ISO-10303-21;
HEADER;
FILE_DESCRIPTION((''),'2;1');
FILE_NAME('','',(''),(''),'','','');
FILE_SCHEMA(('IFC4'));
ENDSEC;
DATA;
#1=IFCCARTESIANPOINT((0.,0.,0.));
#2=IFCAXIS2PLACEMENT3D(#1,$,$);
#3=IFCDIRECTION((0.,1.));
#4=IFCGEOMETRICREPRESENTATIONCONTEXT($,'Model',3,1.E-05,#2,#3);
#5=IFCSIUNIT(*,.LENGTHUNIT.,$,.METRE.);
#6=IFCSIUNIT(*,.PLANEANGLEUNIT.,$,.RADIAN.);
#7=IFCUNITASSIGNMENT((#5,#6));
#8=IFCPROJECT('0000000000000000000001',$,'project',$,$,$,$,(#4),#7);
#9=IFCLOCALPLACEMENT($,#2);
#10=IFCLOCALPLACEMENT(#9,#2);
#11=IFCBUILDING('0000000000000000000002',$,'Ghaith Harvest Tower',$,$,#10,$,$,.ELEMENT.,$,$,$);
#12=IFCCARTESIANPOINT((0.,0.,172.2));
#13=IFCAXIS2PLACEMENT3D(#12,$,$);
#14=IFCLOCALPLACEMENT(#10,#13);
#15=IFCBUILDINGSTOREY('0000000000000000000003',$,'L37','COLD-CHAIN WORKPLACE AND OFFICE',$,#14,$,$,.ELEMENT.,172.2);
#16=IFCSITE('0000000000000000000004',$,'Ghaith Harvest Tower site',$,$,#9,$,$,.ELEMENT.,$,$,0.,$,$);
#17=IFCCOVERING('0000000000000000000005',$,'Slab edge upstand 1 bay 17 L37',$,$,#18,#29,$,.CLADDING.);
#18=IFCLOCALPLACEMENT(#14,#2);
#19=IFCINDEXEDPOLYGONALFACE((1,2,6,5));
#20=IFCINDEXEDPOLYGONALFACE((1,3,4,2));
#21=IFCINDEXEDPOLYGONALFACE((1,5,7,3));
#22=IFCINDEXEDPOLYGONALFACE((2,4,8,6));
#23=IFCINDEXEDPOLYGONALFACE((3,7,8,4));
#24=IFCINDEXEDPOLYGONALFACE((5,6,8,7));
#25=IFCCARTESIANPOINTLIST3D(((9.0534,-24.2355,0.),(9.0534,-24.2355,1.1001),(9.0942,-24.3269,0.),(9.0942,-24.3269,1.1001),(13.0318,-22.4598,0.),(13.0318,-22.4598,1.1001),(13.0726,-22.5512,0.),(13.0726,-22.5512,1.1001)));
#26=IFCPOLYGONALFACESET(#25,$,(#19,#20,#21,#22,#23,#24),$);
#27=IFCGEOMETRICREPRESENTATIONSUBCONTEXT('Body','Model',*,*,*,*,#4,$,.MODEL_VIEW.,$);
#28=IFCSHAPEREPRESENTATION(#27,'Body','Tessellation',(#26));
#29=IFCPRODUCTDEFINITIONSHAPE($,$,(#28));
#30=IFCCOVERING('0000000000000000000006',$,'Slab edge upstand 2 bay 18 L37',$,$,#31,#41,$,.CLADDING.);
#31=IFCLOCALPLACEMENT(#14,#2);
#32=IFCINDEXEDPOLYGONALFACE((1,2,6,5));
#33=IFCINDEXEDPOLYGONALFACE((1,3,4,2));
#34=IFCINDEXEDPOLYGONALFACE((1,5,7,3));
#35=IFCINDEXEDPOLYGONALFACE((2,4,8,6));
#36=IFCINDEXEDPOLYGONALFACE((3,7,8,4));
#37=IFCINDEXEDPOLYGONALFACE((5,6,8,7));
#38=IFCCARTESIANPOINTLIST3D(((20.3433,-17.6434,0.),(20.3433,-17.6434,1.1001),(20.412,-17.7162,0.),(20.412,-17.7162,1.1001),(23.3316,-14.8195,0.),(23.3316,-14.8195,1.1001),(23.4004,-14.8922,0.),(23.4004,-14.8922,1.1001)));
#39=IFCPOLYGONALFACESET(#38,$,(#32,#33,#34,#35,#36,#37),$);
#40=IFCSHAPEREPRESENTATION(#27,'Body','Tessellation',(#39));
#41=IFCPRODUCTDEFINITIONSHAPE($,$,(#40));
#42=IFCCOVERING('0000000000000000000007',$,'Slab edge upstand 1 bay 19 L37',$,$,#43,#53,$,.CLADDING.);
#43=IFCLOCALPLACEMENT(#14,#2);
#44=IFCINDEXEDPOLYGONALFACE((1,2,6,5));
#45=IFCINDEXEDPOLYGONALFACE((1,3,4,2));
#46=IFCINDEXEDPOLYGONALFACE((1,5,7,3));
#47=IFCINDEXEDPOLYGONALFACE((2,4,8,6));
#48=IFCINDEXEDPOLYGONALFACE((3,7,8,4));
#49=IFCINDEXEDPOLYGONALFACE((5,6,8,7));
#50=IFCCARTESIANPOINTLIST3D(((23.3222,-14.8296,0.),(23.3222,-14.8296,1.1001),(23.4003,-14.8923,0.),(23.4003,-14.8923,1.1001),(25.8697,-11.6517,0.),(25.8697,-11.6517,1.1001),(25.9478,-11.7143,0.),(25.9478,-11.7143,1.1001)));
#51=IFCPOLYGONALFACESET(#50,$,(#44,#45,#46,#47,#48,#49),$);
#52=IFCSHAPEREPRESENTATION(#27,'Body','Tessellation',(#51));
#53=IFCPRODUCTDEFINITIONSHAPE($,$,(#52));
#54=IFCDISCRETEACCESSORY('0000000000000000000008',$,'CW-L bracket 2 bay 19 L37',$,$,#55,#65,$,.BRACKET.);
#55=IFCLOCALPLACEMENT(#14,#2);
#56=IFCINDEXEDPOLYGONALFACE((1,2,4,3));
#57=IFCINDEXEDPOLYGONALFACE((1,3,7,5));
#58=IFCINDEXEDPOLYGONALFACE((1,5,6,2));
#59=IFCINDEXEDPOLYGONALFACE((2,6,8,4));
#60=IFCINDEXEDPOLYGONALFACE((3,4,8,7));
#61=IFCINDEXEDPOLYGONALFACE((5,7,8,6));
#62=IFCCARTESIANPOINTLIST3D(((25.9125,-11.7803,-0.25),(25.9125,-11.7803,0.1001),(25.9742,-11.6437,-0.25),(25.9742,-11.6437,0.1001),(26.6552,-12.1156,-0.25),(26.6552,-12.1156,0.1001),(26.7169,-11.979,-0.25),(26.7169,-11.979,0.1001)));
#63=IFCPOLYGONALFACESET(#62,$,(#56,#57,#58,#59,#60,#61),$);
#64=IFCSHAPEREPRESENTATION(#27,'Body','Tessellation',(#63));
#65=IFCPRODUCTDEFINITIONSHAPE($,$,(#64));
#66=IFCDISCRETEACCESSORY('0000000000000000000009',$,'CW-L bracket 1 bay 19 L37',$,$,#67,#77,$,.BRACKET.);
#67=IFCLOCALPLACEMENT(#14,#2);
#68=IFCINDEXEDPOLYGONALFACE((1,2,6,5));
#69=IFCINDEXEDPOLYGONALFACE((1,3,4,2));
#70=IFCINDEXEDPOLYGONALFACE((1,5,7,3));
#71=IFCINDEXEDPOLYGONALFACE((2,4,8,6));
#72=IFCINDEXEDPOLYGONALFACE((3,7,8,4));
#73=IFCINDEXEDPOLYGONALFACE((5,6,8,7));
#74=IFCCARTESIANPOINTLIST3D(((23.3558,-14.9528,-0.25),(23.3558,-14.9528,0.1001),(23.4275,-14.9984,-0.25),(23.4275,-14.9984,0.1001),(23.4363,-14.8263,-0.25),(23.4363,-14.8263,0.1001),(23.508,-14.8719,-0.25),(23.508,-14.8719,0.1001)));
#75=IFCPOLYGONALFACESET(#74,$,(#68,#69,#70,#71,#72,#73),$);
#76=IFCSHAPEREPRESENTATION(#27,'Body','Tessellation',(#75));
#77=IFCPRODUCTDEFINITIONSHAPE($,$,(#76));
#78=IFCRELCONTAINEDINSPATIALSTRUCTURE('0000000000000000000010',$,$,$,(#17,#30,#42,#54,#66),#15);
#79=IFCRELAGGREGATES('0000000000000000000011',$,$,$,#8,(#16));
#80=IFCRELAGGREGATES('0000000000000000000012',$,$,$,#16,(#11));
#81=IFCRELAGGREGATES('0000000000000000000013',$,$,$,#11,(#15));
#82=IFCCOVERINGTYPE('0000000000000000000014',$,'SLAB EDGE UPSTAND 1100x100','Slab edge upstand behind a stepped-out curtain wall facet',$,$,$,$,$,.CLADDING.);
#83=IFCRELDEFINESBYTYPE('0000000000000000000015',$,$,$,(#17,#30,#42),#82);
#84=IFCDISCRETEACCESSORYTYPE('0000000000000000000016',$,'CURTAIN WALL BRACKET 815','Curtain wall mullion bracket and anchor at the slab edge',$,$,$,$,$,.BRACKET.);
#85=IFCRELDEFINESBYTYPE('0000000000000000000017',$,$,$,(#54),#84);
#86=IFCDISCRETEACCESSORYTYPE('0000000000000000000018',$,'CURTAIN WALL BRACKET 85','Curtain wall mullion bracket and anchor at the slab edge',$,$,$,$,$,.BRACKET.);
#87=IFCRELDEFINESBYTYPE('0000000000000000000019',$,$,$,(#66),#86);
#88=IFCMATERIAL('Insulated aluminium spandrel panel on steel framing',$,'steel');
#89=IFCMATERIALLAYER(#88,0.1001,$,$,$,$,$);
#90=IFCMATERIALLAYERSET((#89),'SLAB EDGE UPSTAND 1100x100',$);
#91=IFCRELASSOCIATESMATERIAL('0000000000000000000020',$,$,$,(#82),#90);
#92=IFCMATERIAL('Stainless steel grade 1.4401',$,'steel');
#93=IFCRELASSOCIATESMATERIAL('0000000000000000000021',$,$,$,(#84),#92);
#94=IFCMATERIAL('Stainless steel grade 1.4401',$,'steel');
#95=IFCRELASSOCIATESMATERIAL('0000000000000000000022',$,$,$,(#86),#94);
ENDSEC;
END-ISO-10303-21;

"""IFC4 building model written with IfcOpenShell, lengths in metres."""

from ifc_helpers import new_model, si_unit, direction, frame, origin, origin_2d, place, context, subcontext, project, spatial, rectangle, extrude, material, layer, layer_set, type_object, element, save


model = new_model("IFC4")

# Units and contexts
model_context = context("Model", 3, precision=1e-05, world=origin(), true_north=direction((0.0, 1.0)))
body_context = subcontext(model_context, "Body", "Model", "MODEL_VIEW")
ifc_project = project(units=[si_unit("LENGTHUNIT", "METRE"), si_unit("PLANEANGLEUNIT", "RADIAN")], contexts=[model_context])

# Site, building, storey
site_placement = place(None, origin())
site = spatial("IfcSite", under=ifc_project, at=site_placement, Name="Ghaith Harvest Tower site", CompositionType="ELEMENT", RefElevation=0.0)
building_placement = place(site_placement, origin())
building = spatial("IfcBuilding", under=site, at=building_placement, Name="Ghaith Harvest Tower", CompositionType="ELEMENT")
storey_placement = place(building_placement, frame((0.0, 0.0, 172.2)))
storey = spatial("IfcBuildingStorey", under=building, at=storey_placement, Name="L37", Description="COLD-CHAIN WORKPLACE AND OFFICE", CompositionType="ELEMENT", Elevation=172.2)

# Coverings
ifc_material_1 = material(Name="Insulated aluminium spandrel panel on steel framing", Category="steel")
ifc_layer_1 = layer(ifc_material_1, 0.1001)
ifc_layer_set_1 = layer_set([ifc_layer_1], Name="SLAB EDGE UPSTAND 1100x100")
covering_type = type_object("IfcCoveringType", Name="SLAB EDGE UPSTAND 1100x100", Description="Slab edge upstand behind a stepped-out curtain wall facet", PredefinedType="CLADDING", material=ifc_layer_set_1)
covering_1_placement = place(storey_placement, frame((11.063, -23.3933, 0.0), z_axis=(0.0, 0.0, 1.0), x_axis=(0.91317, 0.407578, 0.0)))
element("IfcCovering", 1, at=covering_1_placement, inside=storey, type_object=covering_type, Name="Slab edge upstand 1 bay 17 L37", PredefinedType="CLADDING", context=body_context, shape_type="SweptSolid", body=[
    extrude(rectangle(XDim=4.3567, YDim=0.1001, at=origin_2d()), origin(), (0.0, 0.0, 1.0), 1.1001),
])
covering_2_placement = place(storey_placement, frame((21.8718, -16.2678, 0.0), z_axis=(0.0, 0.0, 1.0), x_axis=(0.72681, 0.686839, 0.0)))
element("IfcCovering", 2, at=covering_2_placement, inside=storey, type_object=covering_type, Name="Slab edge upstand 2 bay 18 L37", PredefinedType="CLADDING", context=body_context, shape_type="SweptSolid", body=[
    extrude(rectangle(XDim=4.1116, YDim=0.1001, at=origin_2d()), origin(), (0.0, 0.0, 1.0), 1.1001),
])
covering_3_placement = place(storey_placement, frame((24.635, -13.272, 0.0), z_axis=(0.0, 0.0, 1.0), x_axis=(0.625468, 0.78025, 0.0)))
element("IfcCovering", 3, at=covering_3_placement, inside=storey, type_object=covering_type, Name="Slab edge upstand 1 bay 19 L37", PredefinedType="CLADDING", context=body_context, shape_type="SweptSolid", body=[
    extrude(rectangle(XDim=4.073, YDim=0.1001, at=origin_2d()), origin(), (0.0, 0.0, 1.0), 1.1001),
])

# Discrete accessories
ifc_material_2 = material(Name="Stainless steel grade 1.4401", Category="steel")
discrete_accessory_type_1 = type_object("IfcDiscreteAccessoryType", Name="CURTAIN WALL BRACKET 815", Description="Curtain wall mullion bracket and anchor at the slab edge", PredefinedType="BRACKET", material=ifc_material_2)
discrete_accessory_1_placement = place(storey_placement, frame((26.3147, -11.8796, -0.25), z_axis=(0.0, 0.0, 1.0), x_axis=(0.911427, -0.411462, 0.0)))
element("IfcDiscreteAccessory", 4, at=discrete_accessory_1_placement, inside=storey, type_object=discrete_accessory_type_1, Name="CW-L bracket 2 bay 19 L37", PredefinedType="BRACKET", context=body_context, shape_type="SweptSolid", body=[
    extrude(rectangle(XDim=0.8149, YDim=0.1499, at=origin_2d()), origin(), (0.0, 0.0, 1.0), 0.3501),
])
ifc_material_3 = material(Name="Stainless steel grade 1.4401", Category="steel")
discrete_accessory_type_2 = type_object("IfcDiscreteAccessoryType", Name="CURTAIN WALL BRACKET 85", Description="Curtain wall mullion bracket and anchor at the slab edge", PredefinedType="BRACKET", material=ifc_material_3)
discrete_accessory_2_placement = place(storey_placement, frame((23.4319, -14.9124, -0.25), z_axis=(0.0, 0.0, 1.0), x_axis=(0.843644, -0.536903, 0.0)))
element("IfcDiscreteAccessory", 5, at=discrete_accessory_2_placement, inside=storey, type_object=discrete_accessory_type_2, Name="CW-L bracket 1 bay 19 L37", PredefinedType="BRACKET", context=body_context, shape_type="SweptSolid", body=[
    extrude(rectangle(XDim=0.085, YDim=0.1499, at=origin_2d()), origin(), (0.0, 0.0, 1.0), 0.3501),
])

save(model, "model.ifc")
